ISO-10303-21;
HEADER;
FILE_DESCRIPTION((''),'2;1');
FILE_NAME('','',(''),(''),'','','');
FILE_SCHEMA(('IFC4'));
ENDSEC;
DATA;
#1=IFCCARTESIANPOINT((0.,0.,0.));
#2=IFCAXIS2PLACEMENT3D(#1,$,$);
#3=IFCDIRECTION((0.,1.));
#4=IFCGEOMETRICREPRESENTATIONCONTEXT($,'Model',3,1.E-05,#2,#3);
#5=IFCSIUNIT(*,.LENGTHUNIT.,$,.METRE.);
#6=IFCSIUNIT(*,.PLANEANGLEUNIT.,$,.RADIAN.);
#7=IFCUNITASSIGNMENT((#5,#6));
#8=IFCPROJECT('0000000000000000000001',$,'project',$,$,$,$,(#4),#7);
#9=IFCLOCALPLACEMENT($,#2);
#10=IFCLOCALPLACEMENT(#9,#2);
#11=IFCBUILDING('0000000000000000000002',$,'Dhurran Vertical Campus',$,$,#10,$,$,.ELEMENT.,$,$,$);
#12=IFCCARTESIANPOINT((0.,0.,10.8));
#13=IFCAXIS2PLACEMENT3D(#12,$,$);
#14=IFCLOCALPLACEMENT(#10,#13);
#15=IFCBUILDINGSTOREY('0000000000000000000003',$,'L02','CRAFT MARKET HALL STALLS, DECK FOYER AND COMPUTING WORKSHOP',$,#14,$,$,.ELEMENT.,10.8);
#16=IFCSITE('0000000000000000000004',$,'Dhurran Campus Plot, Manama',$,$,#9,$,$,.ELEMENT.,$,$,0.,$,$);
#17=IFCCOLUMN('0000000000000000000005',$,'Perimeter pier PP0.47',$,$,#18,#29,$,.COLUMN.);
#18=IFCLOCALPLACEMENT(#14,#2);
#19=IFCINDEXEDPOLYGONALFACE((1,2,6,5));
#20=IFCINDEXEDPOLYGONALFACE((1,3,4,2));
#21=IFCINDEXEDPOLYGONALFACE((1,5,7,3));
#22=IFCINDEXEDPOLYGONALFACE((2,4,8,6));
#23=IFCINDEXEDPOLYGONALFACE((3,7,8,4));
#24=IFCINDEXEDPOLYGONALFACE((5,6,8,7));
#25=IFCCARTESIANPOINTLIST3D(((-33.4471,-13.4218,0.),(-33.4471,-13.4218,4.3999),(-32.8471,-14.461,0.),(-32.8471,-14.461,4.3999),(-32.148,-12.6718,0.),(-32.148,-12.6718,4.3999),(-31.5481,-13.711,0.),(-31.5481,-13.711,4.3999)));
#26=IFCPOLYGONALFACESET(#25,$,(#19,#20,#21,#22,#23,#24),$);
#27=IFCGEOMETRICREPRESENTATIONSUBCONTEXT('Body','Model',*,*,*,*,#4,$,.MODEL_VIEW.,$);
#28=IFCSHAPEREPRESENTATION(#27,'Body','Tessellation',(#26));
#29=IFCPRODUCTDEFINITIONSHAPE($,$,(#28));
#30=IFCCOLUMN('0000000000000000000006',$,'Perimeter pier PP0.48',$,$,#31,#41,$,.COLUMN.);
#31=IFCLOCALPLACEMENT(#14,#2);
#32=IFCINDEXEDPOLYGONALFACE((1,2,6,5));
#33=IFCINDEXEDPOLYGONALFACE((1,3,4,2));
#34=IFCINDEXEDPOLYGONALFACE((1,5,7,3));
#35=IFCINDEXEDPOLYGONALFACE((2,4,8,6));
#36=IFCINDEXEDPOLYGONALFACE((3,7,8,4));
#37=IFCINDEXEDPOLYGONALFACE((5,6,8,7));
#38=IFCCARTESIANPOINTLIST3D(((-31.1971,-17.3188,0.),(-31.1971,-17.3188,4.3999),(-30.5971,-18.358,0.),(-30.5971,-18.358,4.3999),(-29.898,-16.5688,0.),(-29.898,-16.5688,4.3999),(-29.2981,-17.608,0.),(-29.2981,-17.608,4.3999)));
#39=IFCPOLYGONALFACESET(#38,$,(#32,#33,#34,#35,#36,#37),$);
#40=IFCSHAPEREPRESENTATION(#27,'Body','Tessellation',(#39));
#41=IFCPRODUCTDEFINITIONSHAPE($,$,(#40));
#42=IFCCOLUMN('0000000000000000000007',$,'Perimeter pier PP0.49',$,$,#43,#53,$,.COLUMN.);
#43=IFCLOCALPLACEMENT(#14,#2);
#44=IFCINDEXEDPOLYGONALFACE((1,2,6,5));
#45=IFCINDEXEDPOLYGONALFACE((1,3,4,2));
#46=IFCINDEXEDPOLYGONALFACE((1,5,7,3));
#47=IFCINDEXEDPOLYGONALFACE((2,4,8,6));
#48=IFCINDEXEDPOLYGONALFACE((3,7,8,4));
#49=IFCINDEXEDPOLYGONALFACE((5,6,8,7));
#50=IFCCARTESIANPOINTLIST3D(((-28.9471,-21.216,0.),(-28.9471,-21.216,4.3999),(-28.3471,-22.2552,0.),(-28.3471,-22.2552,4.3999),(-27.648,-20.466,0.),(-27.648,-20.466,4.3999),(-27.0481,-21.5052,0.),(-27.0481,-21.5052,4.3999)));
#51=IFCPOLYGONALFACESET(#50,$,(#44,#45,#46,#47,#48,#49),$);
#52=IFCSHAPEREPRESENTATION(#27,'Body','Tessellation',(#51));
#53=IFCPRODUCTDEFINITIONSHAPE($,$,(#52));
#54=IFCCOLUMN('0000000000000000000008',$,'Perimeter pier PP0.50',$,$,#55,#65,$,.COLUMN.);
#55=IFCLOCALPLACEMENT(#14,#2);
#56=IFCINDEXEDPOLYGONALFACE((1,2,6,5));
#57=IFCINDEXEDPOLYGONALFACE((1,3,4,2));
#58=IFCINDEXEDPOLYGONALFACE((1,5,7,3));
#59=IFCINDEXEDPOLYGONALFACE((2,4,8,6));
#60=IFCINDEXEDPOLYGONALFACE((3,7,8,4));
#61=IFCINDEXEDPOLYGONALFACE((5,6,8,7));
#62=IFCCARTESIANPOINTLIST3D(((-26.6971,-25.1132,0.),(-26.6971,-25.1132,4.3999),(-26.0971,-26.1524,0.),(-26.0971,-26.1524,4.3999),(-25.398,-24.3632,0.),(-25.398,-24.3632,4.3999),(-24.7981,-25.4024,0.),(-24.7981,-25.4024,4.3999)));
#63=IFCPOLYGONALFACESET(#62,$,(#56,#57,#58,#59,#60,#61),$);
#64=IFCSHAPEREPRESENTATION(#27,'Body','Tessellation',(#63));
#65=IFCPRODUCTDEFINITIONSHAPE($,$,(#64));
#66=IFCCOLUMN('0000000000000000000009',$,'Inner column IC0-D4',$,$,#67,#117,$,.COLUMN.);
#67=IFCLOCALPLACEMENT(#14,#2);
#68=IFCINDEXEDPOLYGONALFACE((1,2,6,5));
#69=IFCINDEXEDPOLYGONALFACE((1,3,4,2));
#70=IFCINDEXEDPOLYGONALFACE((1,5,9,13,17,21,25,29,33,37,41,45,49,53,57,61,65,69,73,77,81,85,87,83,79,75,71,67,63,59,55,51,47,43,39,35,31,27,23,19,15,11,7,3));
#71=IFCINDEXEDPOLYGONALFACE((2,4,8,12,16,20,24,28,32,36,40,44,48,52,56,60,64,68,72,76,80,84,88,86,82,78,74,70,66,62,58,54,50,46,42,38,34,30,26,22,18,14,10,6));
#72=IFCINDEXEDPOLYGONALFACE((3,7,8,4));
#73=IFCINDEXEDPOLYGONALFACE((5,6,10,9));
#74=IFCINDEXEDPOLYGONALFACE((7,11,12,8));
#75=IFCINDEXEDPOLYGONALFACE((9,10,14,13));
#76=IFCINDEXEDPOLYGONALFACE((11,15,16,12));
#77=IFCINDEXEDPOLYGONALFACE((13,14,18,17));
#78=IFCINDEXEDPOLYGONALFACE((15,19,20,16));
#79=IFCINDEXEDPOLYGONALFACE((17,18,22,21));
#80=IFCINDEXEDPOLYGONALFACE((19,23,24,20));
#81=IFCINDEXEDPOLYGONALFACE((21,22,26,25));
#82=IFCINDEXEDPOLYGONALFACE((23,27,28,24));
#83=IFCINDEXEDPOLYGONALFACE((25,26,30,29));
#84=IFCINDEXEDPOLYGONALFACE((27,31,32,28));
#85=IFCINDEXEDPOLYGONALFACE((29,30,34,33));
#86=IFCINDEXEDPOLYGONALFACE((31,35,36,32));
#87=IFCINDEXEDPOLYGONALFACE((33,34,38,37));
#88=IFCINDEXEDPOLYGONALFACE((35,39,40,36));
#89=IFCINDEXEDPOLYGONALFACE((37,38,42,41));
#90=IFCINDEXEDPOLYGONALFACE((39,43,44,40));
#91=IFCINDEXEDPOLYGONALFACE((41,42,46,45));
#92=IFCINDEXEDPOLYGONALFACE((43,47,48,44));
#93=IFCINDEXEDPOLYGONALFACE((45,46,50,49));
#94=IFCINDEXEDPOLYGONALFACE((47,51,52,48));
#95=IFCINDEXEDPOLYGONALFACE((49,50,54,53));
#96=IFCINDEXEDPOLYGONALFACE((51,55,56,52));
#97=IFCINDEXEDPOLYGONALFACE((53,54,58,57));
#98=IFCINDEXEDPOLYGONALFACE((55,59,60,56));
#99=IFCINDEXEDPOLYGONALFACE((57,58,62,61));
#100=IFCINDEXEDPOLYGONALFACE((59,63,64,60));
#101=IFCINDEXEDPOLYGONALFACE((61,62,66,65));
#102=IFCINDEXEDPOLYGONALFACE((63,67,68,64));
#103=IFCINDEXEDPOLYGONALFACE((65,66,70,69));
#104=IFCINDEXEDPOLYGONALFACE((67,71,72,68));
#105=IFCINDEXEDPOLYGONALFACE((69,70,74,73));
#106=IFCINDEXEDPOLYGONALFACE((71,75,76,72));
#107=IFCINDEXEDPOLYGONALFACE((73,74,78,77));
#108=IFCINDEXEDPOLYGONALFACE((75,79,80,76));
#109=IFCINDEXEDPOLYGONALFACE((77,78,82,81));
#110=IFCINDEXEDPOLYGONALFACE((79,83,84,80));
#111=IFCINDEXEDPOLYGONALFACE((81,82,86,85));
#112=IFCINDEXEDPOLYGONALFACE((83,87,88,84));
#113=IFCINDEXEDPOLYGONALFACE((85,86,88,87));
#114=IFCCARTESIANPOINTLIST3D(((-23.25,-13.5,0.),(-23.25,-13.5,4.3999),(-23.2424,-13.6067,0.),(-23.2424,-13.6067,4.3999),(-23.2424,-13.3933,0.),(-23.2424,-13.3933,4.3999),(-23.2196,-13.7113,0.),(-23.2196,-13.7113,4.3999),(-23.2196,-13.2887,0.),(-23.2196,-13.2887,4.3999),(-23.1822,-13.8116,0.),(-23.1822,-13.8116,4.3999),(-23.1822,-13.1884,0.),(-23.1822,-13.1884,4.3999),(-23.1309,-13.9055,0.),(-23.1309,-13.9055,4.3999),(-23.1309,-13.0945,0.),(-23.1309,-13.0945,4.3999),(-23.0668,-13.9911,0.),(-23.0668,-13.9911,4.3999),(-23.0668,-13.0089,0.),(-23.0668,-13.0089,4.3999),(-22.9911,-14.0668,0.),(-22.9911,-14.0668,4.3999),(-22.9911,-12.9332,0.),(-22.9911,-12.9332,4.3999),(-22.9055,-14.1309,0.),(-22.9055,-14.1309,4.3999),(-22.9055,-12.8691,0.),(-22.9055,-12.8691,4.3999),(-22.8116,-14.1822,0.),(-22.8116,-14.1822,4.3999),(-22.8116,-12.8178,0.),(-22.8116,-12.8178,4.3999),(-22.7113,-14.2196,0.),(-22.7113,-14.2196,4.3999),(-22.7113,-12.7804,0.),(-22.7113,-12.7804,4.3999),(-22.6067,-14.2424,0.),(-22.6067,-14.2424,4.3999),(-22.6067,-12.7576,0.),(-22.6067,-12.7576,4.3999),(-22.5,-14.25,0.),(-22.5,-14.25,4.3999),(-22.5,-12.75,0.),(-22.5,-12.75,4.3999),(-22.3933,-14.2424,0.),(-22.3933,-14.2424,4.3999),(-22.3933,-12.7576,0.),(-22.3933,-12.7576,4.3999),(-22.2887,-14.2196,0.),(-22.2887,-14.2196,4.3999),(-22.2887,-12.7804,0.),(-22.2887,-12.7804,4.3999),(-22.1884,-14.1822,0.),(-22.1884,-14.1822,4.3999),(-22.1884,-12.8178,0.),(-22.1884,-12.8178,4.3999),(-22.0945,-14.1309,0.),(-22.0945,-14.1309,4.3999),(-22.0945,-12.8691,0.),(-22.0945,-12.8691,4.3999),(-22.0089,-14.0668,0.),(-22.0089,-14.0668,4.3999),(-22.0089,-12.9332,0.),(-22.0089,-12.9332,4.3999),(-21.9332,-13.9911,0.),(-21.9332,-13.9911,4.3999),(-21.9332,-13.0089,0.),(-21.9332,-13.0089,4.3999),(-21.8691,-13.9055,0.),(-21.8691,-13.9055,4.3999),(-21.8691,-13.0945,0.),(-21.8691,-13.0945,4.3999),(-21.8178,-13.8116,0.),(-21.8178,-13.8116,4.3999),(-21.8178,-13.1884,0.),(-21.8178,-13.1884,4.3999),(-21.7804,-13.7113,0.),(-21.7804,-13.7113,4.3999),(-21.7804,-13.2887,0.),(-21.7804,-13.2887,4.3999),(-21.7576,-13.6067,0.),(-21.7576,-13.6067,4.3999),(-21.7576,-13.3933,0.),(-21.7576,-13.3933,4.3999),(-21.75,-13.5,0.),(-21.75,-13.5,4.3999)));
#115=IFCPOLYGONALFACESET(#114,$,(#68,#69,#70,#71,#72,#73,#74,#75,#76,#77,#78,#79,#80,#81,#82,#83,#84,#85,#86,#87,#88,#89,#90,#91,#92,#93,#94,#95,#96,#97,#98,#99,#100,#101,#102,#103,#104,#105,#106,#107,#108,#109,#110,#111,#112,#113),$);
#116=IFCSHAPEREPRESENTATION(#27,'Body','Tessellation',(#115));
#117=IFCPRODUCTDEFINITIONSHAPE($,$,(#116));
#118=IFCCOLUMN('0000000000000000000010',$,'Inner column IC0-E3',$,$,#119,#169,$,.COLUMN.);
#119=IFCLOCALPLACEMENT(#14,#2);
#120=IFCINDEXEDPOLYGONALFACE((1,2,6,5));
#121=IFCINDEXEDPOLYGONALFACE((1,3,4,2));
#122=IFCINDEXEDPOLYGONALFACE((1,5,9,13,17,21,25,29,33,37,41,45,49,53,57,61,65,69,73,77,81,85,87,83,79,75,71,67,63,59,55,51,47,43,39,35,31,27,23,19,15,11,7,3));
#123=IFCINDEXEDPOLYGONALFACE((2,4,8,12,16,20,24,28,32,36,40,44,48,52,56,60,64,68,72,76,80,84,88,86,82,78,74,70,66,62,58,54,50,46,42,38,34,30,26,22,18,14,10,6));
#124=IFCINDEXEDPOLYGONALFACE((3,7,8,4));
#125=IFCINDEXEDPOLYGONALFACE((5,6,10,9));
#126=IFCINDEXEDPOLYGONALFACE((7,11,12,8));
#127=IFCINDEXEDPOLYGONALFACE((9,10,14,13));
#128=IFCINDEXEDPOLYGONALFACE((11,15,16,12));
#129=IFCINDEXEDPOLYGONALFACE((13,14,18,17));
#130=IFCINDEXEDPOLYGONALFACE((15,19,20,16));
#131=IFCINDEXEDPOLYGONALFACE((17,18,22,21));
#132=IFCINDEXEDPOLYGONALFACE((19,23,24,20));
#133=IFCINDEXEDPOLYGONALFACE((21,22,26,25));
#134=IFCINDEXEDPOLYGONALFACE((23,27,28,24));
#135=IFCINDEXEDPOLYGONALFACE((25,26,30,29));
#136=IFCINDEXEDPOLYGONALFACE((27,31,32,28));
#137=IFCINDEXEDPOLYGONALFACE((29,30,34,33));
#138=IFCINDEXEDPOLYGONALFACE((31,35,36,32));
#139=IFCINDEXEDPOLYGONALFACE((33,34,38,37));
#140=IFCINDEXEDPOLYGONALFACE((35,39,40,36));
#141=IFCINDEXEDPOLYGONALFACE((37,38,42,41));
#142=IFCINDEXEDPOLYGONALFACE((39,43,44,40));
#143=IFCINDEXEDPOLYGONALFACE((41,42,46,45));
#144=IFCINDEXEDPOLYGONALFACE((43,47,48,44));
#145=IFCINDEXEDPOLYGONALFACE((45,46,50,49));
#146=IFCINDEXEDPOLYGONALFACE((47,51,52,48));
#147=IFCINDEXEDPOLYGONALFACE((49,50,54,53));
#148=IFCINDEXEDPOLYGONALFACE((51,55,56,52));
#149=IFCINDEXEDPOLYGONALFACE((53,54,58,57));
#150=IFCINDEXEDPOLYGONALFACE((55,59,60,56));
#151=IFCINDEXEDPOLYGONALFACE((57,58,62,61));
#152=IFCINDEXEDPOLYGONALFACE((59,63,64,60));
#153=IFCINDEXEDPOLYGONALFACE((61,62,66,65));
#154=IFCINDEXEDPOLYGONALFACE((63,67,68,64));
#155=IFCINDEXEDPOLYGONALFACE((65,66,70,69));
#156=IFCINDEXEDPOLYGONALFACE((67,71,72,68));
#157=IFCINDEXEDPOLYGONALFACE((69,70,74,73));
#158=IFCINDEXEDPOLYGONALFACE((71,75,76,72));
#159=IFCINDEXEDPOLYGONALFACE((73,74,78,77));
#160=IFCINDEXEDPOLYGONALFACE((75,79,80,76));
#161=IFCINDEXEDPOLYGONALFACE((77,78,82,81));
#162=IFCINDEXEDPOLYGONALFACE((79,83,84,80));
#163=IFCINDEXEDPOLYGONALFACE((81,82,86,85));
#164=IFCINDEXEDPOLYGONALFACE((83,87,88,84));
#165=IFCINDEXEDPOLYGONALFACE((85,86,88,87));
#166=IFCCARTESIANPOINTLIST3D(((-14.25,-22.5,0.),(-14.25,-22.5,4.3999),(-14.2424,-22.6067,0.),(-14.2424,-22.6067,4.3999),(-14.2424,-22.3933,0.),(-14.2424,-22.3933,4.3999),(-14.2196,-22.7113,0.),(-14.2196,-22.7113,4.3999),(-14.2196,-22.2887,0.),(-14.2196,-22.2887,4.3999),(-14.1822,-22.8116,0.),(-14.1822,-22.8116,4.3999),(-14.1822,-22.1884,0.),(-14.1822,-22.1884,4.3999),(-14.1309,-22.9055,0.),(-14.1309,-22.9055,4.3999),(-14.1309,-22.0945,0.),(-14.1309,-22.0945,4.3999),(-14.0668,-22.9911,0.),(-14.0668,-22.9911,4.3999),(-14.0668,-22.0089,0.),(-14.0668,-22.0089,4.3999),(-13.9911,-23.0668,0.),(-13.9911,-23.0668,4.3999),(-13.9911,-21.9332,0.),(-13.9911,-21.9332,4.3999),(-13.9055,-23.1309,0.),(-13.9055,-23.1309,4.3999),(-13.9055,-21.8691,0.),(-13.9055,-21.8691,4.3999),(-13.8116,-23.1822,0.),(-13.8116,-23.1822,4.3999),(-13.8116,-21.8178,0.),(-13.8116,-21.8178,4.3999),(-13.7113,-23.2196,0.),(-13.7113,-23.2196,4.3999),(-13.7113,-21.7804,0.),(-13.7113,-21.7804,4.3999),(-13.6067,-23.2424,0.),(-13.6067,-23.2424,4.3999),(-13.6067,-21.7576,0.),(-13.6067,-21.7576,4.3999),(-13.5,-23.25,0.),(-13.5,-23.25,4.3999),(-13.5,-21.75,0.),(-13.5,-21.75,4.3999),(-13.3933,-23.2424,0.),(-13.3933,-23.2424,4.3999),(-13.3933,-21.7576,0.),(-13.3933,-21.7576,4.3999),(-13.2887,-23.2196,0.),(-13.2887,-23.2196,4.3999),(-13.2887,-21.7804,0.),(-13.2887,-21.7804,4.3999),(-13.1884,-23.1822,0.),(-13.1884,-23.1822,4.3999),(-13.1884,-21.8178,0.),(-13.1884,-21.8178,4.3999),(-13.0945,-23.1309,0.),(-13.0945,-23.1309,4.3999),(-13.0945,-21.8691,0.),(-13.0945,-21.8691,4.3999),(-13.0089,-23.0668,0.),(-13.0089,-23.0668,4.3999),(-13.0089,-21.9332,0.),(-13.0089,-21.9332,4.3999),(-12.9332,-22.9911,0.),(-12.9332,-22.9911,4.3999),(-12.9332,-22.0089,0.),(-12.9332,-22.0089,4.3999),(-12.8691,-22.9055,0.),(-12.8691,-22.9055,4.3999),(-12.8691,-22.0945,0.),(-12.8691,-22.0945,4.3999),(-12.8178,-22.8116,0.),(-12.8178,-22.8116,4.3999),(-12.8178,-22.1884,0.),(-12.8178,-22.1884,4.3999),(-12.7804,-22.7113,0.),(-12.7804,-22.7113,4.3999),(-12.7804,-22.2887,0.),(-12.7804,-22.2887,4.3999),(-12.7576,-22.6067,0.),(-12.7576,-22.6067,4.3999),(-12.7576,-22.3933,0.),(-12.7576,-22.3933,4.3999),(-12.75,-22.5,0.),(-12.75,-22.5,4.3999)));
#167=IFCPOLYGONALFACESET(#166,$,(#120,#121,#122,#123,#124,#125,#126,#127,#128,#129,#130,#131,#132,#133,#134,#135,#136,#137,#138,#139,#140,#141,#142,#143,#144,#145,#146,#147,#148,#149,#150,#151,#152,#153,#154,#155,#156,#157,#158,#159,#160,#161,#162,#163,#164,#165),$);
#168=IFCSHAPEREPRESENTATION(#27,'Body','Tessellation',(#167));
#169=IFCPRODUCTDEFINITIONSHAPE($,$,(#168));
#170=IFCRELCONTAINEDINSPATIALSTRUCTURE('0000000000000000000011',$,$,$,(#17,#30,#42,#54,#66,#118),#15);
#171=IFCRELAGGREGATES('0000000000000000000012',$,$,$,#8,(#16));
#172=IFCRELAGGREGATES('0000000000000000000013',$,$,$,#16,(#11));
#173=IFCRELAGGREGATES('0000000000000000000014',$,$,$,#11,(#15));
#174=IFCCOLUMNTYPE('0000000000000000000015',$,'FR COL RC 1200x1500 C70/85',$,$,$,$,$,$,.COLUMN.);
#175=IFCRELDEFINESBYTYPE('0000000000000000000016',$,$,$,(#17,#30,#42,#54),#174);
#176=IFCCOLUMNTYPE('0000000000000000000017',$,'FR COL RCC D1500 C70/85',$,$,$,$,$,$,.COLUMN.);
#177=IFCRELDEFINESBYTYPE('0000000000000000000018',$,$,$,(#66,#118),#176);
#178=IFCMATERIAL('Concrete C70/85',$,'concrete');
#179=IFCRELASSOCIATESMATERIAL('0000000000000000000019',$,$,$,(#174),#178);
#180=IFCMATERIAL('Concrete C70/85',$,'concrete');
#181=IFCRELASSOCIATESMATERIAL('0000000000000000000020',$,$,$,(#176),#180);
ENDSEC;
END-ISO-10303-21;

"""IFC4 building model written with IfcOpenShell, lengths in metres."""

from ifc_helpers import new_model, si_unit, direction, frame, origin, origin_2d, place, context, subcontext, project, spatial, rectangle, circle, extrude, material, material_profile, profile_set, type_object, element, save


model = new_model("IFC4")

# Units and contexts
model_context = context("Model", 3, precision=1e-05, world=origin(), true_north=direction((0.0, 1.0)))
body_context = subcontext(model_context, "Body", "Model", "MODEL_VIEW")
ifc_project = project(units=[si_unit("LENGTHUNIT", "METRE"), si_unit("PLANEANGLEUNIT", "RADIAN")], contexts=[model_context])

# Site, building, storey
site_placement = place(None, origin())
site = spatial("IfcSite", under=ifc_project, at=site_placement, Name="Dhurran Campus Plot, Manama", CompositionType="ELEMENT", RefElevation=0.0)
building_placement = place(site_placement, origin())
building = spatial("IfcBuilding", under=site, at=building_placement, Name="Dhurran Vertical Campus", CompositionType="ELEMENT")
storey_placement = place(building_placement, frame((0.0, 0.0, 10.8)))
storey = spatial("IfcBuildingStorey", under=building, at=storey_placement, Name="L02", Description="CRAFT MARKET HALL STALLS, DECK FOYER AND COMPUTING WORKSHOP", CompositionType="ELEMENT", Elevation=10.8)

# Columns
ifc_material_1 = material(Name="Concrete C70/85", Category="concrete")
ifc_material_profile_1 = material_profile(ifc_material_1, rectangle(XDim=1.2, YDim=1.5, at=origin_2d()), Name="RC 1200x1500")
ifc_profile_set_1 = profile_set([ifc_material_profile_1], Name="Concrete C70/85")
column_type_1 = type_object("IfcColumnType", Name="FR COL RC 1200x1500 C70/85", PredefinedType="COLUMN", material=ifc_profile_set_1)
for number, where, z_axis, x_axis, name in (
    (1, (-32.4976, -13.5664, 0.0), (0.0, 0.0, 1.0), (0.5, -0.866025, 0.0), "Perimeter pier PP0.47"),
    (2, (-30.2476, -17.4634, 0.0), (0.0, 0.0, 1.0), (0.5, -0.866025, 0.0), "Perimeter pier PP0.48"),
    (3, (-27.9976, -21.3606, 0.0), (0.0, 0.0, 1.0), (0.5, -0.866025, 0.0), "Perimeter pier PP0.49"),
    (4, (-25.7476, -25.2578, 0.0), (0.0, 0.0, 1.0), (0.5, -0.866025, 0.0), "Perimeter pier PP0.50"),
):
    element("IfcColumn", number, at=place(storey_placement, frame(where, z_axis=z_axis, x_axis=x_axis)), inside=storey, type_object=column_type_1, Name=name, PredefinedType="COLUMN", context=body_context, shape_type="SweptSolid", body=[
        extrude(rectangle(XDim=1.2, YDim=1.5, at=origin_2d()), origin(), (0.0, 0.0, 1.0), 4.3999),
    ])
ifc_material_2 = material(Name="Concrete C70/85", Category="concrete")
ifc_material_profile_2 = material_profile(ifc_material_2, circle(Radius=0.75, at=origin_2d()), Name="RCC D1500")
ifc_profile_set_2 = profile_set([ifc_material_profile_2], Name="Concrete C70/85")
column_type_2 = type_object("IfcColumnType", Name="FR COL RCC D1500 C70/85", PredefinedType="COLUMN", material=ifc_profile_set_2)
for number, where, z_axis, x_axis, name in (
    (5, (-22.5, -13.5, 0.0), (0.0, 0.0, 1.0), (1.0, 0.0, 0.0), "Inner column IC0-D4"),
    (6, (-13.5, -22.5, 0.0), (0.0, 0.0, 1.0), (1.0, 0.0, 0.0), "Inner column IC0-E3"),
):
    element("IfcColumn", number, at=place(storey_placement, frame(where, z_axis=z_axis, x_axis=x_axis)), inside=storey, type_object=column_type_2, Name=name, PredefinedType="COLUMN", context=body_context, shape_type="SweptSolid", body=[
        extrude(circle(Radius=0.75, at=origin_2d()), origin(), (0.0, 0.0, 1.0), 4.3999),
    ])

save(model, "model.ifc")
